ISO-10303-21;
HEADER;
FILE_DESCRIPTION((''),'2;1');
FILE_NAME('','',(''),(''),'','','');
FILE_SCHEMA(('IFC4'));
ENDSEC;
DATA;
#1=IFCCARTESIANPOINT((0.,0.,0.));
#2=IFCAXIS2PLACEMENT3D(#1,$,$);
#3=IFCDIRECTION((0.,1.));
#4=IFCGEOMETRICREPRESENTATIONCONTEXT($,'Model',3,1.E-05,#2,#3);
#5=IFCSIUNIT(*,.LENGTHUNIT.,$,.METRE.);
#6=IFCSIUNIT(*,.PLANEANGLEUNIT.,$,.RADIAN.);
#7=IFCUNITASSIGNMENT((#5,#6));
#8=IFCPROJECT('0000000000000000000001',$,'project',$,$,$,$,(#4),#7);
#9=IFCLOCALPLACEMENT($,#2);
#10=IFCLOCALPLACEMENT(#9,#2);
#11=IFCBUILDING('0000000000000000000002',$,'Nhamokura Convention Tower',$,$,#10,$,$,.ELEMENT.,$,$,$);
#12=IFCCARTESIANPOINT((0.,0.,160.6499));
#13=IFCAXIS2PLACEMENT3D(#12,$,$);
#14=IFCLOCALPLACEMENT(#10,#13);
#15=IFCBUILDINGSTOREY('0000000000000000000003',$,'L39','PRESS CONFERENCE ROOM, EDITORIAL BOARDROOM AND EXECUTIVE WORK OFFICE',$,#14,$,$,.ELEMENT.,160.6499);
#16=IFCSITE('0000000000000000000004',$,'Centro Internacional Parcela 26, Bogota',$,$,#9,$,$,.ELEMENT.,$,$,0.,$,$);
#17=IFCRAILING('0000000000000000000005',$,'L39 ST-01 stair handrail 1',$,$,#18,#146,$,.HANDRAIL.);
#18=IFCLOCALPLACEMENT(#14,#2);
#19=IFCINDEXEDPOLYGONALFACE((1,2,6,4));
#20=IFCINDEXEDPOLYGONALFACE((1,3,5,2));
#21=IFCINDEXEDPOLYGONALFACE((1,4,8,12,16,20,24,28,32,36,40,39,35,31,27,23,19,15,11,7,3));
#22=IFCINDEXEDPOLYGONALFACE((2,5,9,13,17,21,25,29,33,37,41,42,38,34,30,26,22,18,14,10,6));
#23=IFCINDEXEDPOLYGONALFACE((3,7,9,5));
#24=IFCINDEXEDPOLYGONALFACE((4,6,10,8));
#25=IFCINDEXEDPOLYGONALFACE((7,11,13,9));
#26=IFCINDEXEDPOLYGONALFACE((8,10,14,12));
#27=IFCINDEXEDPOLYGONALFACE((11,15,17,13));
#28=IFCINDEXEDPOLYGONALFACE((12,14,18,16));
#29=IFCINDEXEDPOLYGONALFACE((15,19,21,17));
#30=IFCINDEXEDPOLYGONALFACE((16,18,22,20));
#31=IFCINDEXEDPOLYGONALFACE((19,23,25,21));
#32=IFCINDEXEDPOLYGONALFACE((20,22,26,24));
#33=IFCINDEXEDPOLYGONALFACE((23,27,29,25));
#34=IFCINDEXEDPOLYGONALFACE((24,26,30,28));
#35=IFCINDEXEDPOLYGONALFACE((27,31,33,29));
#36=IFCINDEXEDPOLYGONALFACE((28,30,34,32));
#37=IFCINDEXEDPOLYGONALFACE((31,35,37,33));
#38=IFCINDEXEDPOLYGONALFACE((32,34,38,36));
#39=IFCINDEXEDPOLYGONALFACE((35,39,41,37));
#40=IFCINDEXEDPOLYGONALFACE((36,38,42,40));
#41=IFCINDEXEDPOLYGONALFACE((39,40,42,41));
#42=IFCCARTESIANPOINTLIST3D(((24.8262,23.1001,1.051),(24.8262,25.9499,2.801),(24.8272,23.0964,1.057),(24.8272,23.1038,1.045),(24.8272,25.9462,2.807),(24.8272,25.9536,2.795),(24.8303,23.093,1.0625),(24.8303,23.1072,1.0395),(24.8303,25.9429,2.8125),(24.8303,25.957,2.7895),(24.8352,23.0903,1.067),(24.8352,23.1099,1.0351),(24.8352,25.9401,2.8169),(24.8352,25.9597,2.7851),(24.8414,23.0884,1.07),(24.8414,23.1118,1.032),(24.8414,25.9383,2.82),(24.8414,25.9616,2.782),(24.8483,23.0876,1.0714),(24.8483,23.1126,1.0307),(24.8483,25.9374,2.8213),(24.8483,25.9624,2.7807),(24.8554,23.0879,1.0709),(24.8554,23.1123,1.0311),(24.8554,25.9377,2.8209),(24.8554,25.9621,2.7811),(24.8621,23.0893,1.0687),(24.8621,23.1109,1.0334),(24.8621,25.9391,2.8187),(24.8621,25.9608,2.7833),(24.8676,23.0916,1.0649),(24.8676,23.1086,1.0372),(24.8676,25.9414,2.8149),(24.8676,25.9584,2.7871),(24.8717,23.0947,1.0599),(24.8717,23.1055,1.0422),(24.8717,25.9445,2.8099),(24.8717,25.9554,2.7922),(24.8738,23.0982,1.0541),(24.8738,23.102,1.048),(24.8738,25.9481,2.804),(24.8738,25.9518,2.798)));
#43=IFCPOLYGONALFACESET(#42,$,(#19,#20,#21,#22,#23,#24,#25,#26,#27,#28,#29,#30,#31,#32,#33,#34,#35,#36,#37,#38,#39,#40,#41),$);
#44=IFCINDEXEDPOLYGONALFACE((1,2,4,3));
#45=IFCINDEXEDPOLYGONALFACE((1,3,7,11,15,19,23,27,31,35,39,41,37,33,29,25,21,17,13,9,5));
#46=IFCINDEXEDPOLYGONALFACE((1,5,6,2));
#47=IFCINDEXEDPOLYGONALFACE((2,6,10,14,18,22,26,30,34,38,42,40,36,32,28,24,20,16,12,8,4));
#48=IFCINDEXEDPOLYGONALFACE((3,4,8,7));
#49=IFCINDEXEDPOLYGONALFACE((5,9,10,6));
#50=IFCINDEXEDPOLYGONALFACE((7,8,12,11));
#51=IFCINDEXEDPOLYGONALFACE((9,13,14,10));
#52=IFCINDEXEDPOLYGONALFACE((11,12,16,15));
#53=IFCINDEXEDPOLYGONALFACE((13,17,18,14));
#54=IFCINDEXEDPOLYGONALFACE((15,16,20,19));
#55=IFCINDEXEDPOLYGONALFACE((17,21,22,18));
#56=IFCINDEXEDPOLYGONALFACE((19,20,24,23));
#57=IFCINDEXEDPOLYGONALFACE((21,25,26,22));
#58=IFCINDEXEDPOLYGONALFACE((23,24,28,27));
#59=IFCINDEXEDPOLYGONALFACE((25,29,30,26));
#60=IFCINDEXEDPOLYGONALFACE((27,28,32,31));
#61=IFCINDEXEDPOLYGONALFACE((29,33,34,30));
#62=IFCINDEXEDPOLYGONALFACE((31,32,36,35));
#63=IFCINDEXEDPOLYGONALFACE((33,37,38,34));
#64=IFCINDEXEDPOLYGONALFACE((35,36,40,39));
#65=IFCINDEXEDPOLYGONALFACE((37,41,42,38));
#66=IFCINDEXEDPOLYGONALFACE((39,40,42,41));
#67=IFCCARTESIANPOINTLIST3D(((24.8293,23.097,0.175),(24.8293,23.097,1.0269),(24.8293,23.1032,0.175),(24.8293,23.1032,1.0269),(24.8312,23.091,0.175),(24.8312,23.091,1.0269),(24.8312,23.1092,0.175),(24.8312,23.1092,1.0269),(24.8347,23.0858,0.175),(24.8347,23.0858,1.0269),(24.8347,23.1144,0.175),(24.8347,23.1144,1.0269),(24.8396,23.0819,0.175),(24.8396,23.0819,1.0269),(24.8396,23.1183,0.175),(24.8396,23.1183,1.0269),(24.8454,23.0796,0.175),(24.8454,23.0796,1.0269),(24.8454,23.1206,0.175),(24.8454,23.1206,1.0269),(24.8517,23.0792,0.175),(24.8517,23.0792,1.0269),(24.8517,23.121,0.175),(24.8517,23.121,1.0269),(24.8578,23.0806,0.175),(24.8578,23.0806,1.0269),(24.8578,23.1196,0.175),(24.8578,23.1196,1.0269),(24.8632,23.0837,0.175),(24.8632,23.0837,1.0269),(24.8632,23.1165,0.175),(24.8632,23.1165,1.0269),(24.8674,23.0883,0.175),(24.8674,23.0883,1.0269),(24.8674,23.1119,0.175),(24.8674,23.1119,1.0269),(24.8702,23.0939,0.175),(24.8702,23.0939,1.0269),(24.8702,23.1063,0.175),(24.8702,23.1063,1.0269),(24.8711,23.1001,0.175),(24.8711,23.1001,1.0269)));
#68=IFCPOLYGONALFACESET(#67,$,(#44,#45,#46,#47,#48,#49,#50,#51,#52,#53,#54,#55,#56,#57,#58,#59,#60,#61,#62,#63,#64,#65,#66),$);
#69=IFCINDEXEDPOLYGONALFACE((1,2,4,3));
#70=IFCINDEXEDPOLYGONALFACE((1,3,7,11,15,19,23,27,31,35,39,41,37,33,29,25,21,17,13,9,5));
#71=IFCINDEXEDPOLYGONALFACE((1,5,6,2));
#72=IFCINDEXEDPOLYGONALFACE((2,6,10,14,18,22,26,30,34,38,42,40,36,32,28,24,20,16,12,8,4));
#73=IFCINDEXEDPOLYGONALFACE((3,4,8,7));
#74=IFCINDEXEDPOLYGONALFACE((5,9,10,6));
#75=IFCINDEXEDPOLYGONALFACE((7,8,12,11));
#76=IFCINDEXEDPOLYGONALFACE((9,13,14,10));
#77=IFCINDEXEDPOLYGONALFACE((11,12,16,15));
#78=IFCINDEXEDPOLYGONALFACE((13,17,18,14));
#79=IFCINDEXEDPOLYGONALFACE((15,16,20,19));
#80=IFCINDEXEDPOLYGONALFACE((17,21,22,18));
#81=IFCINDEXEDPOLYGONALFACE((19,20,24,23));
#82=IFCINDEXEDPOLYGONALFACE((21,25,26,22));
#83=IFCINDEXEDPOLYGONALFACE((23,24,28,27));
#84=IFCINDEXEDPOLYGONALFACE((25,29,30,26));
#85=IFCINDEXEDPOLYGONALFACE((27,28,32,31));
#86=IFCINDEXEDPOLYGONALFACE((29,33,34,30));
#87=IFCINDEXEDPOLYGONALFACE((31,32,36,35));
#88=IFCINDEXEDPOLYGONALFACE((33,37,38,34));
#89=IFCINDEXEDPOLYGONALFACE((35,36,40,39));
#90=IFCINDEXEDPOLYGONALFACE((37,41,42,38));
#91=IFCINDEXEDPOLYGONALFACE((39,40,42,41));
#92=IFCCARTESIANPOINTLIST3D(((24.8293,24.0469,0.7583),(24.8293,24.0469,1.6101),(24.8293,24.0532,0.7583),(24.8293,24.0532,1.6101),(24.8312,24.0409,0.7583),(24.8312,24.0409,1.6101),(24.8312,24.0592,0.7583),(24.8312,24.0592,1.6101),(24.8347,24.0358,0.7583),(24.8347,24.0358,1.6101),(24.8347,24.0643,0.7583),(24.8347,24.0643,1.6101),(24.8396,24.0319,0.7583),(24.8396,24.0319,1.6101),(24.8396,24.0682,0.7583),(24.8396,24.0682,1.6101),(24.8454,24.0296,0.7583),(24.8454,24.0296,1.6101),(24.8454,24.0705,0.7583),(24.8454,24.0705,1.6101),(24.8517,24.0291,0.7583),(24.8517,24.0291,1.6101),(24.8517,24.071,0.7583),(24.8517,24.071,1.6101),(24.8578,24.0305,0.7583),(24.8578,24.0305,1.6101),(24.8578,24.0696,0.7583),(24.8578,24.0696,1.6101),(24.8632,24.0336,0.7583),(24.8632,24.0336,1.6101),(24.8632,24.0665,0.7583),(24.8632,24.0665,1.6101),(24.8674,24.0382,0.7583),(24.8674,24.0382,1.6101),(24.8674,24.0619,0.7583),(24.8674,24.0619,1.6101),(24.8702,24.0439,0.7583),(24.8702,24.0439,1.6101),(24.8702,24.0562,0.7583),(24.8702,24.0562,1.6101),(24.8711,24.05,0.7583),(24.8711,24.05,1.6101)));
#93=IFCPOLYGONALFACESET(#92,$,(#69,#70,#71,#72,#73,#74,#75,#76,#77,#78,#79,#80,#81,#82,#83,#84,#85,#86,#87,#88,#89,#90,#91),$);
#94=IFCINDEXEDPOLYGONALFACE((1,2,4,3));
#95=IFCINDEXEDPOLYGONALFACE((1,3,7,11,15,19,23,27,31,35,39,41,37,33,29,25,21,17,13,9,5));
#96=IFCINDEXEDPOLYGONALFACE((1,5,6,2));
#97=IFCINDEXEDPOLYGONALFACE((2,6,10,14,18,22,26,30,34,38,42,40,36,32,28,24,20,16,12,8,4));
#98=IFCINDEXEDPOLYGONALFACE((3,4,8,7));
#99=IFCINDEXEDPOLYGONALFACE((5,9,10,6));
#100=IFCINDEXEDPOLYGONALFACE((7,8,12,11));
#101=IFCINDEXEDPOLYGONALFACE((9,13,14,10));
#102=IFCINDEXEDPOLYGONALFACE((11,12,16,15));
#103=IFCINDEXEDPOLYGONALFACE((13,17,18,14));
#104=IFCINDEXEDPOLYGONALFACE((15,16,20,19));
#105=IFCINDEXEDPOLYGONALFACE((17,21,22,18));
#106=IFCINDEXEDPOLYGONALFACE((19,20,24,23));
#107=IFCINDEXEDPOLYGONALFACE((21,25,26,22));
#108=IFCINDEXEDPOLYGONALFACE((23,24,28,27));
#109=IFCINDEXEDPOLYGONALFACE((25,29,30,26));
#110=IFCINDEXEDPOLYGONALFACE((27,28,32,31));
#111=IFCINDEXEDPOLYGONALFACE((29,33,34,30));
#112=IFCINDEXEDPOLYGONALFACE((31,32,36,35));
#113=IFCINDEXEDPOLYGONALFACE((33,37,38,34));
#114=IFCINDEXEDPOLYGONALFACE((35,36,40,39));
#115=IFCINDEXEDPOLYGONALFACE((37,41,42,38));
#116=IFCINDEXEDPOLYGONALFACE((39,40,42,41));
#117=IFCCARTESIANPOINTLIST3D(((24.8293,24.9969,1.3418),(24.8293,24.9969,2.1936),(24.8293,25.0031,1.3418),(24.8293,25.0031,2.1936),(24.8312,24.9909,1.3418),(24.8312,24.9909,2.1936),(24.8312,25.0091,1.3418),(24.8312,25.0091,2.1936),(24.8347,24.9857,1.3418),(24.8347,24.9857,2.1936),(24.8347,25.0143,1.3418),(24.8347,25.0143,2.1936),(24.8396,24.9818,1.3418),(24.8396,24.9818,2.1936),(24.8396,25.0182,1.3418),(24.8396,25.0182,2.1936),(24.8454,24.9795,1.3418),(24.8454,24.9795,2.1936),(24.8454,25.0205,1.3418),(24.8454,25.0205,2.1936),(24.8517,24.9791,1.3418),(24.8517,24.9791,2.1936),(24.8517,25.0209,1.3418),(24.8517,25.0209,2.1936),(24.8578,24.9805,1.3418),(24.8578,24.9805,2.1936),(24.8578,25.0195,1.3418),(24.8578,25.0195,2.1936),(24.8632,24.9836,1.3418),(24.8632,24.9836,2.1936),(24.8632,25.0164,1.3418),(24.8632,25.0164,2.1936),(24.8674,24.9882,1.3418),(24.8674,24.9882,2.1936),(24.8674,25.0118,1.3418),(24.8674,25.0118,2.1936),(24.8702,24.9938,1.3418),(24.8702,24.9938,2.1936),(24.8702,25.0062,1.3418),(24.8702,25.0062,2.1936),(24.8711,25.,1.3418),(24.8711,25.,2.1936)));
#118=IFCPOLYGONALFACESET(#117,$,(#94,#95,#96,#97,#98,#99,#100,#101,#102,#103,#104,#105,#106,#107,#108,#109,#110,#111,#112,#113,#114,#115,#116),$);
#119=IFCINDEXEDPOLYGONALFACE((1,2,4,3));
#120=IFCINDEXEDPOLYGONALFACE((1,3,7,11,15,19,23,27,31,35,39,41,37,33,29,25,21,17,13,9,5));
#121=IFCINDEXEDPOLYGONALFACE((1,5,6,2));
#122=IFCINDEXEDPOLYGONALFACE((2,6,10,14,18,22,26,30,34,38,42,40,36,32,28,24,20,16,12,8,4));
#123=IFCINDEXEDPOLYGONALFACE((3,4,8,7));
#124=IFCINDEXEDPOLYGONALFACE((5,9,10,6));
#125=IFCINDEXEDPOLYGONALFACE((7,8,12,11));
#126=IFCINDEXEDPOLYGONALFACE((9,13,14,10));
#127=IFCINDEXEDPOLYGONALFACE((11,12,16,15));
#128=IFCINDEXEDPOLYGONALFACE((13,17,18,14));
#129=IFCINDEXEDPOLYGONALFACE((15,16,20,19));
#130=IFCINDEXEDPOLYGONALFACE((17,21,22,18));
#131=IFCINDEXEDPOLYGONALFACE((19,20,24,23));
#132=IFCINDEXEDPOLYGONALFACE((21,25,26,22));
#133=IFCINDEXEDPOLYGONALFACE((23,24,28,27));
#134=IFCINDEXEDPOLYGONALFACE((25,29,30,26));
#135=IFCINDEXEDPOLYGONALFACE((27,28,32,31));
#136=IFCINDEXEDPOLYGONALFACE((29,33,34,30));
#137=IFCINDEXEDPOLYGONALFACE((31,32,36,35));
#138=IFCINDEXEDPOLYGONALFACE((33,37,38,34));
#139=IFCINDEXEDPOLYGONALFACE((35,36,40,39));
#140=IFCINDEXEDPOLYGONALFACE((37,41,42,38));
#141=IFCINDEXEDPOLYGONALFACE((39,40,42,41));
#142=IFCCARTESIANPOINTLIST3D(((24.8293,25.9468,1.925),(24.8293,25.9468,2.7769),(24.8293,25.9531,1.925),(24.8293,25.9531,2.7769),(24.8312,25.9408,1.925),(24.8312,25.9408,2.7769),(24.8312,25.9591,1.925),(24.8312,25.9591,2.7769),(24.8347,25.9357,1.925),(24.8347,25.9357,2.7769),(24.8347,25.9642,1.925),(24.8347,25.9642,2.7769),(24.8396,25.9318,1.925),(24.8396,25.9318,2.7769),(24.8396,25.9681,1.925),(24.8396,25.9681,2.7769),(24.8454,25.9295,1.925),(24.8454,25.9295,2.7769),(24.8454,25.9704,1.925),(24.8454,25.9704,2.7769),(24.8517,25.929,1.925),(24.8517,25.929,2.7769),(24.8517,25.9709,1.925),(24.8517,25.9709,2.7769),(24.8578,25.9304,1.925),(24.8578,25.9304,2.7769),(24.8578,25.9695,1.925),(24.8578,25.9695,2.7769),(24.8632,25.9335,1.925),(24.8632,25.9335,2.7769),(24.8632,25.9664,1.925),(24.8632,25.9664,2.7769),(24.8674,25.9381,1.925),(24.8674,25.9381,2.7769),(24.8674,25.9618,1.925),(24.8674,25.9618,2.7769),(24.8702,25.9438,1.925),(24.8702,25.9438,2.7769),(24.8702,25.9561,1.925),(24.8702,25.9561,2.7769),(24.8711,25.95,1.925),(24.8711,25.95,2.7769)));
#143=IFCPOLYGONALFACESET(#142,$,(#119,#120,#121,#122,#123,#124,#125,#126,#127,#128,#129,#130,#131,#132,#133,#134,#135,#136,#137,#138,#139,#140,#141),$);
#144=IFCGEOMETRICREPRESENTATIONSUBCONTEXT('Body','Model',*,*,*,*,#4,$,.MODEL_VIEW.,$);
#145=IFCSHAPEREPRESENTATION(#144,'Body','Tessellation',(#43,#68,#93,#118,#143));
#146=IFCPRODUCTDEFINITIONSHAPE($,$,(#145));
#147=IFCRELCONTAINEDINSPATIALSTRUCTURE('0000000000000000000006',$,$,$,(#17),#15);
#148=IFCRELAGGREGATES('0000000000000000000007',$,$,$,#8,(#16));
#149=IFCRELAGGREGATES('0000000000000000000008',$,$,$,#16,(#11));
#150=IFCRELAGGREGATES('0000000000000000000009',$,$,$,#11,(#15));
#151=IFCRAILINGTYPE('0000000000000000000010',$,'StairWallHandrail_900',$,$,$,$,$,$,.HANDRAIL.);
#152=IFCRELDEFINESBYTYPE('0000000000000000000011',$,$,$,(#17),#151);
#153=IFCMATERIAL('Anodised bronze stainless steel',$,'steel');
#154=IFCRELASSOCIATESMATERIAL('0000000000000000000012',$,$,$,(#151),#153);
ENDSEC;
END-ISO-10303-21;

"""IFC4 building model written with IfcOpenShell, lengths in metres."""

from ifc_helpers import new_model, si_unit, direction, frame, origin, origin_2d, place, context, subcontext, project, spatial, circle, extrude, material, type_object, element, save


model = new_model("IFC4")

# Units and contexts
model_context = context("Model", 3, precision=1e-05, world=origin(), true_north=direction((0.0, 1.0)))
body_context = subcontext(model_context, "Body", "Model", "MODEL_VIEW")
ifc_project = project(units=[si_unit("LENGTHUNIT", "METRE"), si_unit("PLANEANGLEUNIT", "RADIAN")], contexts=[model_context])

# Site, building, storey
site_placement = place(None, origin())
site = spatial("IfcSite", under=ifc_project, at=site_placement, Name="Centro Internacional Parcela 26, Bogota", CompositionType="ELEMENT", RefElevation=0.0)
building_placement = place(site_placement, origin())
building = spatial("IfcBuilding", under=site, at=building_placement, Name="Nhamokura Convention Tower", CompositionType="ELEMENT")
storey_placement = place(building_placement, frame((0.0, 0.0, 160.6499)))
storey = spatial("IfcBuildingStorey", under=building, at=storey_placement, Name="L39", Description="PRESS CONFERENCE ROOM, EDITORIAL BOARDROOM AND EXECUTIVE WORK OFFICE", CompositionType="ELEMENT", Elevation=160.6499)

# Railing
ifc_material_1 = material(Name="Anodised bronze stainless steel", Category="steel")
railing_type_1 = type_object("IfcRailingType", Name="StairWallHandrail_900", PredefinedType="HANDRAIL", material=ifc_material_1)
railing_1_placement = place(storey_placement, frame((24.8501, 23.1001, 0.175)))
element("IfcRailing", 1, at=railing_1_placement, inside=storey, type_object=railing_type_1, Name="L39 ST-01 stair handrail 1", PredefinedType="HANDRAIL", context=body_context, shape_type="SweptSolid", body=[
    extrude(circle(Radius=0.0239, at=origin_2d()), frame((0.0, 0.0, 0.876), z_axis=(0.0, 0.852159, 0.523283), x_axis=(-1.0, 0.0, 0.0)), (0.0, 0.0, 1.0), 3.3442),
    extrude(circle(Radius=0.021, at=origin_2d()), origin(), (0.0, 0.0, 1.0), 0.8518),
    extrude(circle(Radius=0.021, at=origin_2d()), frame((0.0, 0.95, 0.5833)), (0.0, 0.0, 1.0), 0.8518),
    extrude(circle(Radius=0.021, at=origin_2d()), frame((0.0, 1.8999, 1.1667)), (0.0, 0.0, 1.0), 0.8518),
    extrude(circle(Radius=0.021, at=origin_2d()), frame((0.0, 2.8499, 1.75)), (0.0, 0.0, 1.0), 0.8518),
])

save(model, "model.ifc")
